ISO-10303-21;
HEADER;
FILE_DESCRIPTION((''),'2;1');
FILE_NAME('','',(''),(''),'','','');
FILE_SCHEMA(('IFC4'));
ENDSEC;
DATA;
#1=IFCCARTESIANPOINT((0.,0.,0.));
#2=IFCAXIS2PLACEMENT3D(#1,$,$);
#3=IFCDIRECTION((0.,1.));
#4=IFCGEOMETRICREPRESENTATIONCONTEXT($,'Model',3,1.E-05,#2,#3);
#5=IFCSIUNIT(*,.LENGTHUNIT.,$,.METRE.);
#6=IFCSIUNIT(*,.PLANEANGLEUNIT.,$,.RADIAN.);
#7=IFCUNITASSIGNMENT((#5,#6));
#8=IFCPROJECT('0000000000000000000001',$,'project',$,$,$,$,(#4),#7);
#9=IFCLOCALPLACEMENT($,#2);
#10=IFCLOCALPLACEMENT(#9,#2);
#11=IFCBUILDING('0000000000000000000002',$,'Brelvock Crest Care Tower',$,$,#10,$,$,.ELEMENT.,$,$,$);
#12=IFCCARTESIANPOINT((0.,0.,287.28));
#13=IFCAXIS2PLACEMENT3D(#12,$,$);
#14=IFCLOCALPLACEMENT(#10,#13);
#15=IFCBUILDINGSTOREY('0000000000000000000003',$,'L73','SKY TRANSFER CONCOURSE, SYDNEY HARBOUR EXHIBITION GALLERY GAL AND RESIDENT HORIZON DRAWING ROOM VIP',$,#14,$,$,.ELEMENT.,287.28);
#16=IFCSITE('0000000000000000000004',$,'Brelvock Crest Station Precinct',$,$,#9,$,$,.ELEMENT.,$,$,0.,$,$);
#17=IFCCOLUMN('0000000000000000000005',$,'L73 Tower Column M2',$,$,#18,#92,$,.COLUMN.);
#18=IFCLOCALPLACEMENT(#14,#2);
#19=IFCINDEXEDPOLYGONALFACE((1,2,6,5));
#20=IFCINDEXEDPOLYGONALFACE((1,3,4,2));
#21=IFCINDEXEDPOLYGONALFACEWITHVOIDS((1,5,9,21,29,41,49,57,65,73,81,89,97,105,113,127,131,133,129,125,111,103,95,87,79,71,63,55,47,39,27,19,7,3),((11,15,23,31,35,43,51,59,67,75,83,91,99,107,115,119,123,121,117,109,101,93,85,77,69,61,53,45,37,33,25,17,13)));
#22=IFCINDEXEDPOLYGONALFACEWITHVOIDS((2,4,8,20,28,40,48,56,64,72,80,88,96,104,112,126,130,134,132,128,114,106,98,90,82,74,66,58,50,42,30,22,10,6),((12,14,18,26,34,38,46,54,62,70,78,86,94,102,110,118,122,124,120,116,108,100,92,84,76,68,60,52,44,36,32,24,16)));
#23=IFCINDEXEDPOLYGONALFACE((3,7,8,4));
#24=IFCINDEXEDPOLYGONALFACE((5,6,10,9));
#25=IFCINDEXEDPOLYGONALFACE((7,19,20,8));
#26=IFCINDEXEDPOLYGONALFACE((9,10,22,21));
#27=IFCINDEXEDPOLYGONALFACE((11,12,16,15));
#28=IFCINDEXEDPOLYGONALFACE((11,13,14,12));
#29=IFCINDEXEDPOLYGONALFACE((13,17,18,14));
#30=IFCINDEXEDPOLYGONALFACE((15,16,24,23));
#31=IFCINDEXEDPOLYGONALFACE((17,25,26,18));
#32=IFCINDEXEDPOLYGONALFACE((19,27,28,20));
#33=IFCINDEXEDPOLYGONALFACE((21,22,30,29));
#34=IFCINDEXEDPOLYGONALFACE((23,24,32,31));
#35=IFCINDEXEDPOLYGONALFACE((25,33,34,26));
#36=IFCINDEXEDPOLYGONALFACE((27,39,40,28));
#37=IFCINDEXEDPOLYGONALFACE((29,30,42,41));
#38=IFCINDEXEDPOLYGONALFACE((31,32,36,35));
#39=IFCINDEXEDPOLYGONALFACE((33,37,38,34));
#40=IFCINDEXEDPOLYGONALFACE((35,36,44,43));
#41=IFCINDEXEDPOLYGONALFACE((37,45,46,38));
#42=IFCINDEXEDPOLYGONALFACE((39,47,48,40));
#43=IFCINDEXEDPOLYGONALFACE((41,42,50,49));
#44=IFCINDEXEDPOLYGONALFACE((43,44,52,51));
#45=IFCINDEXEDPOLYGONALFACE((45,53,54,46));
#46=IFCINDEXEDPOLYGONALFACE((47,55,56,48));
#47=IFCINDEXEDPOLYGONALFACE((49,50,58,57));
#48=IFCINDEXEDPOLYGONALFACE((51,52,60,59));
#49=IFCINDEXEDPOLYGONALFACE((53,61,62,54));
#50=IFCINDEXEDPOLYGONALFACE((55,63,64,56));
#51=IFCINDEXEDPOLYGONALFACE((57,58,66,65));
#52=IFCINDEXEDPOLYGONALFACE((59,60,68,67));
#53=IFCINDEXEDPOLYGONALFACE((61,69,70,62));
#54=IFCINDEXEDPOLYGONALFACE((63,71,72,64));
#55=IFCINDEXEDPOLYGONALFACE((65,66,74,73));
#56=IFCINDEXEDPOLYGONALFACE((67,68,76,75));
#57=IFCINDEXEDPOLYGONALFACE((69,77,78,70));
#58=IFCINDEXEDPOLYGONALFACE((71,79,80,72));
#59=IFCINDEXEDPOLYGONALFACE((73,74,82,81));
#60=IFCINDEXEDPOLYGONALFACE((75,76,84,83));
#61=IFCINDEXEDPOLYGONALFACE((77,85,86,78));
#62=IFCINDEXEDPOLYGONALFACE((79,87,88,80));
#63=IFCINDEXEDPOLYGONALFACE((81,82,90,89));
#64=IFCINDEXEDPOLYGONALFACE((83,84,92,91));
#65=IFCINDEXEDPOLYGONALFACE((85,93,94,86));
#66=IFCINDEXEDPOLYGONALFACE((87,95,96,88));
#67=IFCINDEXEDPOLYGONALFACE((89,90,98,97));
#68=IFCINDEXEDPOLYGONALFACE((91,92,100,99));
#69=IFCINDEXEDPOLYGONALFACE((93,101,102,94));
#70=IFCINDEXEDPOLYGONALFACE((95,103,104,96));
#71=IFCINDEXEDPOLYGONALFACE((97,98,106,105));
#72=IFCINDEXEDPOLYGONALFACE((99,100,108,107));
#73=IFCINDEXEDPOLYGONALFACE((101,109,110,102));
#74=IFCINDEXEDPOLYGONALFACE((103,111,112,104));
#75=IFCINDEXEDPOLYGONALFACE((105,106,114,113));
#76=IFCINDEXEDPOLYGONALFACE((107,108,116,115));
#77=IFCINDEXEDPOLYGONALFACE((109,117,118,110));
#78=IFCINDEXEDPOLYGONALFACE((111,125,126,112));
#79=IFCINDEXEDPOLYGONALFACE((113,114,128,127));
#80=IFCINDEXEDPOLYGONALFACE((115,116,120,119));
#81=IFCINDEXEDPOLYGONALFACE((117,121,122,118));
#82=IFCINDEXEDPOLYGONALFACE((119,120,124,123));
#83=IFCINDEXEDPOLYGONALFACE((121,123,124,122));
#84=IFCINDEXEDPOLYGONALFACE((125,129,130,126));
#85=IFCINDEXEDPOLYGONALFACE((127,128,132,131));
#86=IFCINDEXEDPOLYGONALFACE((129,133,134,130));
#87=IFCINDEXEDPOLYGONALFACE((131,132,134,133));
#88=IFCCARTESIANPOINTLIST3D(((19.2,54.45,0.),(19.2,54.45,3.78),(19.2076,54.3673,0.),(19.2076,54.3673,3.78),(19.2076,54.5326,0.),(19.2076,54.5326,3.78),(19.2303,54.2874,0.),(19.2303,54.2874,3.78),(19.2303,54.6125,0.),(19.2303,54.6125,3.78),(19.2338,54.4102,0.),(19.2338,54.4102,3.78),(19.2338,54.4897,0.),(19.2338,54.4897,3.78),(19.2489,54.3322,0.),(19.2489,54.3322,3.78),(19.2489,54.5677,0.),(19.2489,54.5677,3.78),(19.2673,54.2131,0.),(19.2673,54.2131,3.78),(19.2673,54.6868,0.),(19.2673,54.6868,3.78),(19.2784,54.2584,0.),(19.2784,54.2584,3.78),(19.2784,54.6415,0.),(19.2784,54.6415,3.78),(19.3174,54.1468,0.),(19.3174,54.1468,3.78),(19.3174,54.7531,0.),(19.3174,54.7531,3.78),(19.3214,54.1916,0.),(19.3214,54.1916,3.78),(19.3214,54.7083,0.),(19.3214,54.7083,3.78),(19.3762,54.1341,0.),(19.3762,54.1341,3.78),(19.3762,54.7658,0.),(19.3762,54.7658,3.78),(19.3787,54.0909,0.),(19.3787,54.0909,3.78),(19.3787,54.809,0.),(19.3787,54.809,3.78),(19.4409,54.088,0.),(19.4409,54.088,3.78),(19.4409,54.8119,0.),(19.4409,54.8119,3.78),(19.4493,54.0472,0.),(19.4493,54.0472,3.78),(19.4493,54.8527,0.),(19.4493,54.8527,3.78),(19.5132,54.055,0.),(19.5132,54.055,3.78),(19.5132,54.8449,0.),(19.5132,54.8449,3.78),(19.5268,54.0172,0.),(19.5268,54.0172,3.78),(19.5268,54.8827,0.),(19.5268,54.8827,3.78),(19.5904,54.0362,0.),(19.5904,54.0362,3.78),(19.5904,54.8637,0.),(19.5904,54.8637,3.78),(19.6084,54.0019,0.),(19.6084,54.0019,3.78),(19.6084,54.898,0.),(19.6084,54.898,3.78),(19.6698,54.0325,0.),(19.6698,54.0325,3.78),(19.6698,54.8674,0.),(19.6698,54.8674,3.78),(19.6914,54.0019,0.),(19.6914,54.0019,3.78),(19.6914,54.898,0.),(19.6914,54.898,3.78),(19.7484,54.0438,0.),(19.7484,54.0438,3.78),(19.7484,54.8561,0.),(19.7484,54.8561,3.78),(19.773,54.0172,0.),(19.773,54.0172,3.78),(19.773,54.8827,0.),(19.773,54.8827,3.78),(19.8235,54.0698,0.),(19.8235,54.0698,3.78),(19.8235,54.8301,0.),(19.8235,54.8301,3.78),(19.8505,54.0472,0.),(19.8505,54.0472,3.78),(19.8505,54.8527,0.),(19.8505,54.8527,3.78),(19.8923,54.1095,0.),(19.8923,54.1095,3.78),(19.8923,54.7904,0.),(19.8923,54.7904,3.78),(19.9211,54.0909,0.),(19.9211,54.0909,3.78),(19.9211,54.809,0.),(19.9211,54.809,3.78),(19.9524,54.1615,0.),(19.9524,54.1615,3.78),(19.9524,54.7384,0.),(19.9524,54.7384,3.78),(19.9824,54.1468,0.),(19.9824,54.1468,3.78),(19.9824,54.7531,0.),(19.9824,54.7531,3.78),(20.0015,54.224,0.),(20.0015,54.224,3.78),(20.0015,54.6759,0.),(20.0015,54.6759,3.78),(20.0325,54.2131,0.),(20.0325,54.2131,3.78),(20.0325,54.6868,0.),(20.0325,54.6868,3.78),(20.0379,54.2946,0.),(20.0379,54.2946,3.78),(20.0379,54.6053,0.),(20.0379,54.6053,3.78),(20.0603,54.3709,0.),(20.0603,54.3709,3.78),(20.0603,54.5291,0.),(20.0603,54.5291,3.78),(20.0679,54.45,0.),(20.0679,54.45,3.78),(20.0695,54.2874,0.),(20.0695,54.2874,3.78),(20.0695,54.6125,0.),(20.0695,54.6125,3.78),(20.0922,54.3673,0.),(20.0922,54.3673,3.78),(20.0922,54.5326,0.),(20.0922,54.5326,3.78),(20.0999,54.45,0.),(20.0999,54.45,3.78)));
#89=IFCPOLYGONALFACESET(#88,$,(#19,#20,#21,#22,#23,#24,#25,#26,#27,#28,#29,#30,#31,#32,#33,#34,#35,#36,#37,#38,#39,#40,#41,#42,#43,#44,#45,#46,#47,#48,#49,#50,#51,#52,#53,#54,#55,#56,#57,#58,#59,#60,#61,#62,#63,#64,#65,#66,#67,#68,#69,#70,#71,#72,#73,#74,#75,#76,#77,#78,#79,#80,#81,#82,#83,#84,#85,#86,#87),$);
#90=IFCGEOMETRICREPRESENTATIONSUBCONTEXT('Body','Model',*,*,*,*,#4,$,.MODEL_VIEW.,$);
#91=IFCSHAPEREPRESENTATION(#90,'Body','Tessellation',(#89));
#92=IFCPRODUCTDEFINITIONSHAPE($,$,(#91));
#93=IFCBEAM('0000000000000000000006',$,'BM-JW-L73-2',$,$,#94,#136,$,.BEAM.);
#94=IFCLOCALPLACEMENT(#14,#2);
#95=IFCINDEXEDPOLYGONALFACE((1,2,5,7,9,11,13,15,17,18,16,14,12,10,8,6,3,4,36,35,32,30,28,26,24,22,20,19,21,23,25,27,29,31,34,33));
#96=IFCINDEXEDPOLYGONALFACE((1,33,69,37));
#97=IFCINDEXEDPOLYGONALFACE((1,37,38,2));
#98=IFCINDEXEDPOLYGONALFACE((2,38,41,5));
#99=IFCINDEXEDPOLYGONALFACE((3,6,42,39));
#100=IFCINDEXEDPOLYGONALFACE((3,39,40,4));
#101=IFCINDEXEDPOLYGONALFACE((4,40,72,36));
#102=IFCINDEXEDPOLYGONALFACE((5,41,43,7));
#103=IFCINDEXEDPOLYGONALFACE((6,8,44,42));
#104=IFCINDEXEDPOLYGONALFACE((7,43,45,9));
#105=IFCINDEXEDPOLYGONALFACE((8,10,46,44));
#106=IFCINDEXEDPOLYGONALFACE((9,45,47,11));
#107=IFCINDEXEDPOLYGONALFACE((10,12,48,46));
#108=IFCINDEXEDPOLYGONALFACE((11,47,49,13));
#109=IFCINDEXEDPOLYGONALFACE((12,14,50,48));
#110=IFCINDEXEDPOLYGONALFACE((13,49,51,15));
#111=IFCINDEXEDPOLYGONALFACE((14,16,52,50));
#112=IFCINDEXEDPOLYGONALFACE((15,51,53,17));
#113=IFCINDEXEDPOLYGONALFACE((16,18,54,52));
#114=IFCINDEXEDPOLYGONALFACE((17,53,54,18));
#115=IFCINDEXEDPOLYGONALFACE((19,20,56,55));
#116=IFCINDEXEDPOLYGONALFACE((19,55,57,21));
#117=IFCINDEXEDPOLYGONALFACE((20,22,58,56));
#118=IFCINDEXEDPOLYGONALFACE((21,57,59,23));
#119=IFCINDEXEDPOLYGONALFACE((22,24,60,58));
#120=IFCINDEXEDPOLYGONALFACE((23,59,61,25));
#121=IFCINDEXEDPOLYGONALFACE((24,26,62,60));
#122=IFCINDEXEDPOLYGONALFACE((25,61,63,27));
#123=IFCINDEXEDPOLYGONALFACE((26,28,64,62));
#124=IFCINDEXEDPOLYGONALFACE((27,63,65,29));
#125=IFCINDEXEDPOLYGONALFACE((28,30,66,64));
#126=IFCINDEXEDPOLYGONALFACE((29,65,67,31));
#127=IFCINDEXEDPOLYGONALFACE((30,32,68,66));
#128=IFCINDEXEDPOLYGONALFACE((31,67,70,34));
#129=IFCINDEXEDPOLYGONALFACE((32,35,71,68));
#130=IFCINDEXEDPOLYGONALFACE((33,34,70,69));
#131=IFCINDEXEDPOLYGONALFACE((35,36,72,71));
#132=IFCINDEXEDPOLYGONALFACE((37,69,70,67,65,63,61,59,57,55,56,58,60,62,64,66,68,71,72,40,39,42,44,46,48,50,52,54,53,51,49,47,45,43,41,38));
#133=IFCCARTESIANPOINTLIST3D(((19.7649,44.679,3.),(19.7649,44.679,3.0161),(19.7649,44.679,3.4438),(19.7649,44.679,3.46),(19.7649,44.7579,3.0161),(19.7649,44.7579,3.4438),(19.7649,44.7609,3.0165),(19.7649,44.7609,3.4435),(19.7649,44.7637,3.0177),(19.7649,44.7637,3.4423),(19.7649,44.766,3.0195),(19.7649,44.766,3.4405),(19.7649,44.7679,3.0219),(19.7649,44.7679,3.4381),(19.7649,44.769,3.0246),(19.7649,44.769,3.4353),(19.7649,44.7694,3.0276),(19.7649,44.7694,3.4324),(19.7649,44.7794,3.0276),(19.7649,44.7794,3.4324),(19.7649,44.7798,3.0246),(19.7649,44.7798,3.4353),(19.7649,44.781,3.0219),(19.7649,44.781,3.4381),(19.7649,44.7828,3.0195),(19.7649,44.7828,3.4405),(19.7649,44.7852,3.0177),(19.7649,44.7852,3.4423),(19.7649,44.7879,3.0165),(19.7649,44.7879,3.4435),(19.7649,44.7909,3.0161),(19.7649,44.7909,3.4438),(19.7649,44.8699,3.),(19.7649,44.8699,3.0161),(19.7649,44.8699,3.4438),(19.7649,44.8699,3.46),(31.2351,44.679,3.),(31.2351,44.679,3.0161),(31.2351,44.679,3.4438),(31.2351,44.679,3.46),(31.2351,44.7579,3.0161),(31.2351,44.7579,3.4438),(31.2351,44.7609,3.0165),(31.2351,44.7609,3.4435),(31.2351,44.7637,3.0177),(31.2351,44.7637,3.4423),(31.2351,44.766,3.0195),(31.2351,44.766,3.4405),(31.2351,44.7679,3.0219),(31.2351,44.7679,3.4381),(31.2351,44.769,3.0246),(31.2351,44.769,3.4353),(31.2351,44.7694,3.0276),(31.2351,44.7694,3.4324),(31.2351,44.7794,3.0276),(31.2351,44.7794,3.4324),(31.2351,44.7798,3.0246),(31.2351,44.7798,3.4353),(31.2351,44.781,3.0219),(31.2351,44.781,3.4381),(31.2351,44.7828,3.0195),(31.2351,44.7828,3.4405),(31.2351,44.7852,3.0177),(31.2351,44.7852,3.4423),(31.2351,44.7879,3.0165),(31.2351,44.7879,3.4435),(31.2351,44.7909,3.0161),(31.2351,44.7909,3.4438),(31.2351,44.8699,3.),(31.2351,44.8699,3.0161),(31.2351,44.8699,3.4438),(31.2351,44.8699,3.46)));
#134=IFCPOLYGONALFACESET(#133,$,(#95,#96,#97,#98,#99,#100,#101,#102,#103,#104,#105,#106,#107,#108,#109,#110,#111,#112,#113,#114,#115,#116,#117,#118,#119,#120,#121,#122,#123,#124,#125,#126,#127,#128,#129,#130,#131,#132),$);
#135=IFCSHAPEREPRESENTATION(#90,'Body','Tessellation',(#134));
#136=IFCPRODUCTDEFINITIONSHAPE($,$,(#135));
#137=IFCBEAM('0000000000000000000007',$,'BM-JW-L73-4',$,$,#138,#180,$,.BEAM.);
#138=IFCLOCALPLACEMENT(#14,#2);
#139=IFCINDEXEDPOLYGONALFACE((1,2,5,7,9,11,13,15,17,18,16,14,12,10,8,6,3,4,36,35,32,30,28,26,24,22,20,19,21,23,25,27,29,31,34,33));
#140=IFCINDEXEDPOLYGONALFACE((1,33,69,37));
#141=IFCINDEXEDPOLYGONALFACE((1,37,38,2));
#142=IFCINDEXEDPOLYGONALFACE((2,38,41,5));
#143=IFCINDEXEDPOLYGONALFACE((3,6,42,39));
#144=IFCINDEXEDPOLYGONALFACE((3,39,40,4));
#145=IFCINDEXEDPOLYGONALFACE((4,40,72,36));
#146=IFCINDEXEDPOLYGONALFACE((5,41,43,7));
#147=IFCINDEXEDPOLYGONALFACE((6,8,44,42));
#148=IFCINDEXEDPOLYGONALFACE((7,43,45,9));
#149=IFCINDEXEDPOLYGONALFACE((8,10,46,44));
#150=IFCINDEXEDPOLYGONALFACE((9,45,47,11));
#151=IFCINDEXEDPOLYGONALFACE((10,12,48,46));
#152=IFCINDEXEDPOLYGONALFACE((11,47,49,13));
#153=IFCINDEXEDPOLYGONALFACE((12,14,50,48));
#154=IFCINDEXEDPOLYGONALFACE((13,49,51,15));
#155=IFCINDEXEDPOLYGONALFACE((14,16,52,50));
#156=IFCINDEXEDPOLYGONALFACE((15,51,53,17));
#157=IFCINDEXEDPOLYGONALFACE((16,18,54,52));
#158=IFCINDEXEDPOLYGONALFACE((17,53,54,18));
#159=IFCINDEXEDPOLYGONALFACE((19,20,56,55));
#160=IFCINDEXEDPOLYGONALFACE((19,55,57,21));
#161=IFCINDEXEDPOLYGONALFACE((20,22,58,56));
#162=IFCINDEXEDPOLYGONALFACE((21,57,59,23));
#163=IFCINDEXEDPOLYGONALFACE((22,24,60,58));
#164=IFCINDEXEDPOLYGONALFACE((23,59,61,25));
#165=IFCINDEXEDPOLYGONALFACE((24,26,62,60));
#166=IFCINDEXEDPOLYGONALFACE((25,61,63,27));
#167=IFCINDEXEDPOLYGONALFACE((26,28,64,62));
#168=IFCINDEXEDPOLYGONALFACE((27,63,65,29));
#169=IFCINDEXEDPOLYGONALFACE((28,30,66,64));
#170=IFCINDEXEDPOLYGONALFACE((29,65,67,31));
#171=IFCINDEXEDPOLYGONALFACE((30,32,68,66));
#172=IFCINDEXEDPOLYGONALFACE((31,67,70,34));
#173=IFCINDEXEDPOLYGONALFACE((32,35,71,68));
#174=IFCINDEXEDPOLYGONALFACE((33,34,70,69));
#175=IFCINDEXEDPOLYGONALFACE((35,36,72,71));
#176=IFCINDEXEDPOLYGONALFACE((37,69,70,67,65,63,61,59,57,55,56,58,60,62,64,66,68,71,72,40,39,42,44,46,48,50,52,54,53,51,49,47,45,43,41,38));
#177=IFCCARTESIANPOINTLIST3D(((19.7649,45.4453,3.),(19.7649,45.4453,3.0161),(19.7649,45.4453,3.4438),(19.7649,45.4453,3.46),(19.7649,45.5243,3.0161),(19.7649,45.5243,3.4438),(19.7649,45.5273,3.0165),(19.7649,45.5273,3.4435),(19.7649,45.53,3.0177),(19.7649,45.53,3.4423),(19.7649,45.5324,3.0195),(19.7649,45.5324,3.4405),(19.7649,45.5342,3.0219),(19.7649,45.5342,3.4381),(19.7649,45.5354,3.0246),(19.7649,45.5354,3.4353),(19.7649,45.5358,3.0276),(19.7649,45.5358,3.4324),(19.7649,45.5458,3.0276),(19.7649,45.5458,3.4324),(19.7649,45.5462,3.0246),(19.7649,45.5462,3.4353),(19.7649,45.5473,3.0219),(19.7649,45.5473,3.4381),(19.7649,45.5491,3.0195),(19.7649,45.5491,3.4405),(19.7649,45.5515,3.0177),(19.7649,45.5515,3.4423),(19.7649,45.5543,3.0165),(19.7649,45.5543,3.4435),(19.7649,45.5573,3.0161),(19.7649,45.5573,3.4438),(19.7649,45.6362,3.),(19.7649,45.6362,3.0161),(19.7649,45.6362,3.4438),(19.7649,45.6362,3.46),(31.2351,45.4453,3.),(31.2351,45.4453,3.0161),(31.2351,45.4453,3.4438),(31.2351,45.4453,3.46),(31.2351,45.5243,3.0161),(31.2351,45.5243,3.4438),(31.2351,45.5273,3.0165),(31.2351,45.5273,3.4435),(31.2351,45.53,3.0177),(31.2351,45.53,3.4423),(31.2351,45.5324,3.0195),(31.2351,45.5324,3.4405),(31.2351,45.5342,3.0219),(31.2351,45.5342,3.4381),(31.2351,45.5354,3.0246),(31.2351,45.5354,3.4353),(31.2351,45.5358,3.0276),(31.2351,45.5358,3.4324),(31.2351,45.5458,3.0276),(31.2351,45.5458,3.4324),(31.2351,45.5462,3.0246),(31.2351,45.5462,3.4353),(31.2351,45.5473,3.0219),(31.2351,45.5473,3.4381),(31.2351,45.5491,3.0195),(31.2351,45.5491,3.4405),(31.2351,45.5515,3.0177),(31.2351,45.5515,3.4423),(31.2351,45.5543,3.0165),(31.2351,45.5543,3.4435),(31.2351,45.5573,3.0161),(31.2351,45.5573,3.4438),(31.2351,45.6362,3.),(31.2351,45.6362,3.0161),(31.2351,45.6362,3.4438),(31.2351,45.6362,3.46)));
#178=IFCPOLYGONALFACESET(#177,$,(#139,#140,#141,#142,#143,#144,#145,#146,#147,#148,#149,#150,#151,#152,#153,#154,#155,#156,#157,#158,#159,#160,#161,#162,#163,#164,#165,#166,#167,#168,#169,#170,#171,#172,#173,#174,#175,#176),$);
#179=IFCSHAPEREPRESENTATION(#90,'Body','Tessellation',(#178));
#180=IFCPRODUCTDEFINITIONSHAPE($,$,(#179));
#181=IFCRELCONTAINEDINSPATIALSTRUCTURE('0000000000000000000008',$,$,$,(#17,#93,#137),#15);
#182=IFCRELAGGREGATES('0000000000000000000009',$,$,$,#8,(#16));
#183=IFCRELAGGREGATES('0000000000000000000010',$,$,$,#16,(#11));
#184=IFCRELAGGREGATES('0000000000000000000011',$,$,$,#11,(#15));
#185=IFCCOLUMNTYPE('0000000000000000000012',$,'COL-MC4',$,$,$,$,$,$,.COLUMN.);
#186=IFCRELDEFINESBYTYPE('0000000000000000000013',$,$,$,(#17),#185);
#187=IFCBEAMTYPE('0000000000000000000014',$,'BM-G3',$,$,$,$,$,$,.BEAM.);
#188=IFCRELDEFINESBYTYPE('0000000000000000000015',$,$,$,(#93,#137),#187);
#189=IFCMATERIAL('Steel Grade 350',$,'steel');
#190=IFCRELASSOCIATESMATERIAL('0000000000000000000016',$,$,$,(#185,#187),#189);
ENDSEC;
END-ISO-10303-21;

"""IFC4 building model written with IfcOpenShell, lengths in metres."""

from ifc_helpers import new_model, si_unit, direction, frame, origin, origin_2d, place, context, subcontext, project, spatial, hollow_circle, i_section, extrude, source, transform, mapped, material, material_profile, profile_set, type_object, element, save


model = new_model("IFC4")

# Units and contexts
model_context = context("Model", 3, precision=1e-05, world=origin(), true_north=direction((0.0, 1.0)))
body_context = subcontext(model_context, "Body", "Model", "MODEL_VIEW")
ifc_project = project(units=[si_unit("LENGTHUNIT", "METRE"), si_unit("PLANEANGLEUNIT", "RADIAN")], contexts=[model_context])

# Site, building, storey
site_placement = place(None, origin())
site = spatial("IfcSite", under=ifc_project, at=site_placement, Name="Brelvock Crest Station Precinct", CompositionType="ELEMENT", RefElevation=0.0)
building_placement = place(site_placement, origin())
building = spatial("IfcBuilding", under=site, at=building_placement, Name="Brelvock Crest Care Tower", CompositionType="ELEMENT")
storey_placement = place(building_placement, frame((0.0, 0.0, 287.28)))
storey = spatial("IfcBuildingStorey", under=building, at=storey_placement, Name="L73", Description="SKY TRANSFER CONCOURSE, SYDNEY HARBOUR EXHIBITION GALLERY GAL AND RESIDENT HORIZON DRAWING ROOM VIP", CompositionType="ELEMENT", Elevation=287.28)

# Column
ifc_material_1 = material(Name="Steel Grade 350", Category="steel")
ifc_material_profile_1 = material_profile(ifc_material_1, hollow_circle(Radius=0.45, WallThickness=0.032, at=origin_2d()), Name="CFT900x32")
ifc_profile_set_1 = profile_set([ifc_material_profile_1], Name="Steel Grade 350")
column_type = type_object("IfcColumnType", Name="COL-MC4", PredefinedType="COLUMN", material=ifc_profile_set_1)
shared_shape_1 = source(origin(), body_context, "Body", "SweptSolid", [
    extrude(hollow_circle(Radius=0.45, WallThickness=0.032, at=origin_2d()), origin(), (0.0, 0.0, 1.0), 3.78),
])
column_placement = place(storey_placement, frame((19.6499, 54.45, 0.0), z_axis=(0.0, 0.0, 1.0), x_axis=(1.0, 0.0, 0.0)))
element("IfcColumn", 1, at=column_placement, inside=storey, type_object=column_type, Name="L73 Tower Column M2", PredefinedType="COLUMN", context=body_context, shape_type="MappedRepresentation", body=[
    mapped(shared_shape_1, transform((0.0, 0.0, 0.0), x_axis=(1.0, 0.0, 0.0), y_axis=(0.0, 1.0, 0.0), z_axis=(0.0, 0.0, 1.0), scale=1.0)),
])

# Beams
ifc_material_profile_2 = material_profile(ifc_material_1, i_section(OverallWidth=0.1909, OverallDepth=0.46, WebThickness=0.01, FlangeThickness=0.0161, FilletRadius=0.0115, at=origin_2d()), Name="460UB82.1")
ifc_profile_set_2 = profile_set([ifc_material_profile_2], Name="Steel Grade 350")
beam_type_1 = type_object("IfcBeamType", Name="BM-G3", PredefinedType="BEAM", material=ifc_profile_set_2)
shared_shape_2 = source(origin(), body_context, "Body", "SweptSolid", [
    extrude(i_section(OverallWidth=0.1909, OverallDepth=0.46, WebThickness=0.01, FlangeThickness=0.0161, FilletRadius=0.0115, at=origin_2d()), origin(), (0.0, 0.0, 1.0), 11.4702),
])
for number, where, z_axis, x_axis, name in (
    (2, (19.7649, 44.7744, 3.23), (1.0, 0.0, 0.0), (0.0, 1.0, 0.0), "BM-JW-L73-2"),
    (3, (19.7649, 45.5408, 3.23), (1.0, 0.0, 0.0), (0.0, 1.0, 0.0), "BM-JW-L73-4"),
):
    element("IfcBeam", number, at=place(storey_placement, frame(where, z_axis=z_axis, x_axis=x_axis)), inside=storey, type_object=beam_type_1, Name=name, PredefinedType="BEAM", context=body_context, shape_type="MappedRepresentation", body=[
        mapped(shared_shape_2, transform((0.0, 0.0, 0.0), x_axis=(1.0, 0.0, 0.0), y_axis=(0.0, 1.0, 0.0), z_axis=(0.0, 0.0, 1.0), scale=1.0)),
    ])

save(model, "model.ifc")
